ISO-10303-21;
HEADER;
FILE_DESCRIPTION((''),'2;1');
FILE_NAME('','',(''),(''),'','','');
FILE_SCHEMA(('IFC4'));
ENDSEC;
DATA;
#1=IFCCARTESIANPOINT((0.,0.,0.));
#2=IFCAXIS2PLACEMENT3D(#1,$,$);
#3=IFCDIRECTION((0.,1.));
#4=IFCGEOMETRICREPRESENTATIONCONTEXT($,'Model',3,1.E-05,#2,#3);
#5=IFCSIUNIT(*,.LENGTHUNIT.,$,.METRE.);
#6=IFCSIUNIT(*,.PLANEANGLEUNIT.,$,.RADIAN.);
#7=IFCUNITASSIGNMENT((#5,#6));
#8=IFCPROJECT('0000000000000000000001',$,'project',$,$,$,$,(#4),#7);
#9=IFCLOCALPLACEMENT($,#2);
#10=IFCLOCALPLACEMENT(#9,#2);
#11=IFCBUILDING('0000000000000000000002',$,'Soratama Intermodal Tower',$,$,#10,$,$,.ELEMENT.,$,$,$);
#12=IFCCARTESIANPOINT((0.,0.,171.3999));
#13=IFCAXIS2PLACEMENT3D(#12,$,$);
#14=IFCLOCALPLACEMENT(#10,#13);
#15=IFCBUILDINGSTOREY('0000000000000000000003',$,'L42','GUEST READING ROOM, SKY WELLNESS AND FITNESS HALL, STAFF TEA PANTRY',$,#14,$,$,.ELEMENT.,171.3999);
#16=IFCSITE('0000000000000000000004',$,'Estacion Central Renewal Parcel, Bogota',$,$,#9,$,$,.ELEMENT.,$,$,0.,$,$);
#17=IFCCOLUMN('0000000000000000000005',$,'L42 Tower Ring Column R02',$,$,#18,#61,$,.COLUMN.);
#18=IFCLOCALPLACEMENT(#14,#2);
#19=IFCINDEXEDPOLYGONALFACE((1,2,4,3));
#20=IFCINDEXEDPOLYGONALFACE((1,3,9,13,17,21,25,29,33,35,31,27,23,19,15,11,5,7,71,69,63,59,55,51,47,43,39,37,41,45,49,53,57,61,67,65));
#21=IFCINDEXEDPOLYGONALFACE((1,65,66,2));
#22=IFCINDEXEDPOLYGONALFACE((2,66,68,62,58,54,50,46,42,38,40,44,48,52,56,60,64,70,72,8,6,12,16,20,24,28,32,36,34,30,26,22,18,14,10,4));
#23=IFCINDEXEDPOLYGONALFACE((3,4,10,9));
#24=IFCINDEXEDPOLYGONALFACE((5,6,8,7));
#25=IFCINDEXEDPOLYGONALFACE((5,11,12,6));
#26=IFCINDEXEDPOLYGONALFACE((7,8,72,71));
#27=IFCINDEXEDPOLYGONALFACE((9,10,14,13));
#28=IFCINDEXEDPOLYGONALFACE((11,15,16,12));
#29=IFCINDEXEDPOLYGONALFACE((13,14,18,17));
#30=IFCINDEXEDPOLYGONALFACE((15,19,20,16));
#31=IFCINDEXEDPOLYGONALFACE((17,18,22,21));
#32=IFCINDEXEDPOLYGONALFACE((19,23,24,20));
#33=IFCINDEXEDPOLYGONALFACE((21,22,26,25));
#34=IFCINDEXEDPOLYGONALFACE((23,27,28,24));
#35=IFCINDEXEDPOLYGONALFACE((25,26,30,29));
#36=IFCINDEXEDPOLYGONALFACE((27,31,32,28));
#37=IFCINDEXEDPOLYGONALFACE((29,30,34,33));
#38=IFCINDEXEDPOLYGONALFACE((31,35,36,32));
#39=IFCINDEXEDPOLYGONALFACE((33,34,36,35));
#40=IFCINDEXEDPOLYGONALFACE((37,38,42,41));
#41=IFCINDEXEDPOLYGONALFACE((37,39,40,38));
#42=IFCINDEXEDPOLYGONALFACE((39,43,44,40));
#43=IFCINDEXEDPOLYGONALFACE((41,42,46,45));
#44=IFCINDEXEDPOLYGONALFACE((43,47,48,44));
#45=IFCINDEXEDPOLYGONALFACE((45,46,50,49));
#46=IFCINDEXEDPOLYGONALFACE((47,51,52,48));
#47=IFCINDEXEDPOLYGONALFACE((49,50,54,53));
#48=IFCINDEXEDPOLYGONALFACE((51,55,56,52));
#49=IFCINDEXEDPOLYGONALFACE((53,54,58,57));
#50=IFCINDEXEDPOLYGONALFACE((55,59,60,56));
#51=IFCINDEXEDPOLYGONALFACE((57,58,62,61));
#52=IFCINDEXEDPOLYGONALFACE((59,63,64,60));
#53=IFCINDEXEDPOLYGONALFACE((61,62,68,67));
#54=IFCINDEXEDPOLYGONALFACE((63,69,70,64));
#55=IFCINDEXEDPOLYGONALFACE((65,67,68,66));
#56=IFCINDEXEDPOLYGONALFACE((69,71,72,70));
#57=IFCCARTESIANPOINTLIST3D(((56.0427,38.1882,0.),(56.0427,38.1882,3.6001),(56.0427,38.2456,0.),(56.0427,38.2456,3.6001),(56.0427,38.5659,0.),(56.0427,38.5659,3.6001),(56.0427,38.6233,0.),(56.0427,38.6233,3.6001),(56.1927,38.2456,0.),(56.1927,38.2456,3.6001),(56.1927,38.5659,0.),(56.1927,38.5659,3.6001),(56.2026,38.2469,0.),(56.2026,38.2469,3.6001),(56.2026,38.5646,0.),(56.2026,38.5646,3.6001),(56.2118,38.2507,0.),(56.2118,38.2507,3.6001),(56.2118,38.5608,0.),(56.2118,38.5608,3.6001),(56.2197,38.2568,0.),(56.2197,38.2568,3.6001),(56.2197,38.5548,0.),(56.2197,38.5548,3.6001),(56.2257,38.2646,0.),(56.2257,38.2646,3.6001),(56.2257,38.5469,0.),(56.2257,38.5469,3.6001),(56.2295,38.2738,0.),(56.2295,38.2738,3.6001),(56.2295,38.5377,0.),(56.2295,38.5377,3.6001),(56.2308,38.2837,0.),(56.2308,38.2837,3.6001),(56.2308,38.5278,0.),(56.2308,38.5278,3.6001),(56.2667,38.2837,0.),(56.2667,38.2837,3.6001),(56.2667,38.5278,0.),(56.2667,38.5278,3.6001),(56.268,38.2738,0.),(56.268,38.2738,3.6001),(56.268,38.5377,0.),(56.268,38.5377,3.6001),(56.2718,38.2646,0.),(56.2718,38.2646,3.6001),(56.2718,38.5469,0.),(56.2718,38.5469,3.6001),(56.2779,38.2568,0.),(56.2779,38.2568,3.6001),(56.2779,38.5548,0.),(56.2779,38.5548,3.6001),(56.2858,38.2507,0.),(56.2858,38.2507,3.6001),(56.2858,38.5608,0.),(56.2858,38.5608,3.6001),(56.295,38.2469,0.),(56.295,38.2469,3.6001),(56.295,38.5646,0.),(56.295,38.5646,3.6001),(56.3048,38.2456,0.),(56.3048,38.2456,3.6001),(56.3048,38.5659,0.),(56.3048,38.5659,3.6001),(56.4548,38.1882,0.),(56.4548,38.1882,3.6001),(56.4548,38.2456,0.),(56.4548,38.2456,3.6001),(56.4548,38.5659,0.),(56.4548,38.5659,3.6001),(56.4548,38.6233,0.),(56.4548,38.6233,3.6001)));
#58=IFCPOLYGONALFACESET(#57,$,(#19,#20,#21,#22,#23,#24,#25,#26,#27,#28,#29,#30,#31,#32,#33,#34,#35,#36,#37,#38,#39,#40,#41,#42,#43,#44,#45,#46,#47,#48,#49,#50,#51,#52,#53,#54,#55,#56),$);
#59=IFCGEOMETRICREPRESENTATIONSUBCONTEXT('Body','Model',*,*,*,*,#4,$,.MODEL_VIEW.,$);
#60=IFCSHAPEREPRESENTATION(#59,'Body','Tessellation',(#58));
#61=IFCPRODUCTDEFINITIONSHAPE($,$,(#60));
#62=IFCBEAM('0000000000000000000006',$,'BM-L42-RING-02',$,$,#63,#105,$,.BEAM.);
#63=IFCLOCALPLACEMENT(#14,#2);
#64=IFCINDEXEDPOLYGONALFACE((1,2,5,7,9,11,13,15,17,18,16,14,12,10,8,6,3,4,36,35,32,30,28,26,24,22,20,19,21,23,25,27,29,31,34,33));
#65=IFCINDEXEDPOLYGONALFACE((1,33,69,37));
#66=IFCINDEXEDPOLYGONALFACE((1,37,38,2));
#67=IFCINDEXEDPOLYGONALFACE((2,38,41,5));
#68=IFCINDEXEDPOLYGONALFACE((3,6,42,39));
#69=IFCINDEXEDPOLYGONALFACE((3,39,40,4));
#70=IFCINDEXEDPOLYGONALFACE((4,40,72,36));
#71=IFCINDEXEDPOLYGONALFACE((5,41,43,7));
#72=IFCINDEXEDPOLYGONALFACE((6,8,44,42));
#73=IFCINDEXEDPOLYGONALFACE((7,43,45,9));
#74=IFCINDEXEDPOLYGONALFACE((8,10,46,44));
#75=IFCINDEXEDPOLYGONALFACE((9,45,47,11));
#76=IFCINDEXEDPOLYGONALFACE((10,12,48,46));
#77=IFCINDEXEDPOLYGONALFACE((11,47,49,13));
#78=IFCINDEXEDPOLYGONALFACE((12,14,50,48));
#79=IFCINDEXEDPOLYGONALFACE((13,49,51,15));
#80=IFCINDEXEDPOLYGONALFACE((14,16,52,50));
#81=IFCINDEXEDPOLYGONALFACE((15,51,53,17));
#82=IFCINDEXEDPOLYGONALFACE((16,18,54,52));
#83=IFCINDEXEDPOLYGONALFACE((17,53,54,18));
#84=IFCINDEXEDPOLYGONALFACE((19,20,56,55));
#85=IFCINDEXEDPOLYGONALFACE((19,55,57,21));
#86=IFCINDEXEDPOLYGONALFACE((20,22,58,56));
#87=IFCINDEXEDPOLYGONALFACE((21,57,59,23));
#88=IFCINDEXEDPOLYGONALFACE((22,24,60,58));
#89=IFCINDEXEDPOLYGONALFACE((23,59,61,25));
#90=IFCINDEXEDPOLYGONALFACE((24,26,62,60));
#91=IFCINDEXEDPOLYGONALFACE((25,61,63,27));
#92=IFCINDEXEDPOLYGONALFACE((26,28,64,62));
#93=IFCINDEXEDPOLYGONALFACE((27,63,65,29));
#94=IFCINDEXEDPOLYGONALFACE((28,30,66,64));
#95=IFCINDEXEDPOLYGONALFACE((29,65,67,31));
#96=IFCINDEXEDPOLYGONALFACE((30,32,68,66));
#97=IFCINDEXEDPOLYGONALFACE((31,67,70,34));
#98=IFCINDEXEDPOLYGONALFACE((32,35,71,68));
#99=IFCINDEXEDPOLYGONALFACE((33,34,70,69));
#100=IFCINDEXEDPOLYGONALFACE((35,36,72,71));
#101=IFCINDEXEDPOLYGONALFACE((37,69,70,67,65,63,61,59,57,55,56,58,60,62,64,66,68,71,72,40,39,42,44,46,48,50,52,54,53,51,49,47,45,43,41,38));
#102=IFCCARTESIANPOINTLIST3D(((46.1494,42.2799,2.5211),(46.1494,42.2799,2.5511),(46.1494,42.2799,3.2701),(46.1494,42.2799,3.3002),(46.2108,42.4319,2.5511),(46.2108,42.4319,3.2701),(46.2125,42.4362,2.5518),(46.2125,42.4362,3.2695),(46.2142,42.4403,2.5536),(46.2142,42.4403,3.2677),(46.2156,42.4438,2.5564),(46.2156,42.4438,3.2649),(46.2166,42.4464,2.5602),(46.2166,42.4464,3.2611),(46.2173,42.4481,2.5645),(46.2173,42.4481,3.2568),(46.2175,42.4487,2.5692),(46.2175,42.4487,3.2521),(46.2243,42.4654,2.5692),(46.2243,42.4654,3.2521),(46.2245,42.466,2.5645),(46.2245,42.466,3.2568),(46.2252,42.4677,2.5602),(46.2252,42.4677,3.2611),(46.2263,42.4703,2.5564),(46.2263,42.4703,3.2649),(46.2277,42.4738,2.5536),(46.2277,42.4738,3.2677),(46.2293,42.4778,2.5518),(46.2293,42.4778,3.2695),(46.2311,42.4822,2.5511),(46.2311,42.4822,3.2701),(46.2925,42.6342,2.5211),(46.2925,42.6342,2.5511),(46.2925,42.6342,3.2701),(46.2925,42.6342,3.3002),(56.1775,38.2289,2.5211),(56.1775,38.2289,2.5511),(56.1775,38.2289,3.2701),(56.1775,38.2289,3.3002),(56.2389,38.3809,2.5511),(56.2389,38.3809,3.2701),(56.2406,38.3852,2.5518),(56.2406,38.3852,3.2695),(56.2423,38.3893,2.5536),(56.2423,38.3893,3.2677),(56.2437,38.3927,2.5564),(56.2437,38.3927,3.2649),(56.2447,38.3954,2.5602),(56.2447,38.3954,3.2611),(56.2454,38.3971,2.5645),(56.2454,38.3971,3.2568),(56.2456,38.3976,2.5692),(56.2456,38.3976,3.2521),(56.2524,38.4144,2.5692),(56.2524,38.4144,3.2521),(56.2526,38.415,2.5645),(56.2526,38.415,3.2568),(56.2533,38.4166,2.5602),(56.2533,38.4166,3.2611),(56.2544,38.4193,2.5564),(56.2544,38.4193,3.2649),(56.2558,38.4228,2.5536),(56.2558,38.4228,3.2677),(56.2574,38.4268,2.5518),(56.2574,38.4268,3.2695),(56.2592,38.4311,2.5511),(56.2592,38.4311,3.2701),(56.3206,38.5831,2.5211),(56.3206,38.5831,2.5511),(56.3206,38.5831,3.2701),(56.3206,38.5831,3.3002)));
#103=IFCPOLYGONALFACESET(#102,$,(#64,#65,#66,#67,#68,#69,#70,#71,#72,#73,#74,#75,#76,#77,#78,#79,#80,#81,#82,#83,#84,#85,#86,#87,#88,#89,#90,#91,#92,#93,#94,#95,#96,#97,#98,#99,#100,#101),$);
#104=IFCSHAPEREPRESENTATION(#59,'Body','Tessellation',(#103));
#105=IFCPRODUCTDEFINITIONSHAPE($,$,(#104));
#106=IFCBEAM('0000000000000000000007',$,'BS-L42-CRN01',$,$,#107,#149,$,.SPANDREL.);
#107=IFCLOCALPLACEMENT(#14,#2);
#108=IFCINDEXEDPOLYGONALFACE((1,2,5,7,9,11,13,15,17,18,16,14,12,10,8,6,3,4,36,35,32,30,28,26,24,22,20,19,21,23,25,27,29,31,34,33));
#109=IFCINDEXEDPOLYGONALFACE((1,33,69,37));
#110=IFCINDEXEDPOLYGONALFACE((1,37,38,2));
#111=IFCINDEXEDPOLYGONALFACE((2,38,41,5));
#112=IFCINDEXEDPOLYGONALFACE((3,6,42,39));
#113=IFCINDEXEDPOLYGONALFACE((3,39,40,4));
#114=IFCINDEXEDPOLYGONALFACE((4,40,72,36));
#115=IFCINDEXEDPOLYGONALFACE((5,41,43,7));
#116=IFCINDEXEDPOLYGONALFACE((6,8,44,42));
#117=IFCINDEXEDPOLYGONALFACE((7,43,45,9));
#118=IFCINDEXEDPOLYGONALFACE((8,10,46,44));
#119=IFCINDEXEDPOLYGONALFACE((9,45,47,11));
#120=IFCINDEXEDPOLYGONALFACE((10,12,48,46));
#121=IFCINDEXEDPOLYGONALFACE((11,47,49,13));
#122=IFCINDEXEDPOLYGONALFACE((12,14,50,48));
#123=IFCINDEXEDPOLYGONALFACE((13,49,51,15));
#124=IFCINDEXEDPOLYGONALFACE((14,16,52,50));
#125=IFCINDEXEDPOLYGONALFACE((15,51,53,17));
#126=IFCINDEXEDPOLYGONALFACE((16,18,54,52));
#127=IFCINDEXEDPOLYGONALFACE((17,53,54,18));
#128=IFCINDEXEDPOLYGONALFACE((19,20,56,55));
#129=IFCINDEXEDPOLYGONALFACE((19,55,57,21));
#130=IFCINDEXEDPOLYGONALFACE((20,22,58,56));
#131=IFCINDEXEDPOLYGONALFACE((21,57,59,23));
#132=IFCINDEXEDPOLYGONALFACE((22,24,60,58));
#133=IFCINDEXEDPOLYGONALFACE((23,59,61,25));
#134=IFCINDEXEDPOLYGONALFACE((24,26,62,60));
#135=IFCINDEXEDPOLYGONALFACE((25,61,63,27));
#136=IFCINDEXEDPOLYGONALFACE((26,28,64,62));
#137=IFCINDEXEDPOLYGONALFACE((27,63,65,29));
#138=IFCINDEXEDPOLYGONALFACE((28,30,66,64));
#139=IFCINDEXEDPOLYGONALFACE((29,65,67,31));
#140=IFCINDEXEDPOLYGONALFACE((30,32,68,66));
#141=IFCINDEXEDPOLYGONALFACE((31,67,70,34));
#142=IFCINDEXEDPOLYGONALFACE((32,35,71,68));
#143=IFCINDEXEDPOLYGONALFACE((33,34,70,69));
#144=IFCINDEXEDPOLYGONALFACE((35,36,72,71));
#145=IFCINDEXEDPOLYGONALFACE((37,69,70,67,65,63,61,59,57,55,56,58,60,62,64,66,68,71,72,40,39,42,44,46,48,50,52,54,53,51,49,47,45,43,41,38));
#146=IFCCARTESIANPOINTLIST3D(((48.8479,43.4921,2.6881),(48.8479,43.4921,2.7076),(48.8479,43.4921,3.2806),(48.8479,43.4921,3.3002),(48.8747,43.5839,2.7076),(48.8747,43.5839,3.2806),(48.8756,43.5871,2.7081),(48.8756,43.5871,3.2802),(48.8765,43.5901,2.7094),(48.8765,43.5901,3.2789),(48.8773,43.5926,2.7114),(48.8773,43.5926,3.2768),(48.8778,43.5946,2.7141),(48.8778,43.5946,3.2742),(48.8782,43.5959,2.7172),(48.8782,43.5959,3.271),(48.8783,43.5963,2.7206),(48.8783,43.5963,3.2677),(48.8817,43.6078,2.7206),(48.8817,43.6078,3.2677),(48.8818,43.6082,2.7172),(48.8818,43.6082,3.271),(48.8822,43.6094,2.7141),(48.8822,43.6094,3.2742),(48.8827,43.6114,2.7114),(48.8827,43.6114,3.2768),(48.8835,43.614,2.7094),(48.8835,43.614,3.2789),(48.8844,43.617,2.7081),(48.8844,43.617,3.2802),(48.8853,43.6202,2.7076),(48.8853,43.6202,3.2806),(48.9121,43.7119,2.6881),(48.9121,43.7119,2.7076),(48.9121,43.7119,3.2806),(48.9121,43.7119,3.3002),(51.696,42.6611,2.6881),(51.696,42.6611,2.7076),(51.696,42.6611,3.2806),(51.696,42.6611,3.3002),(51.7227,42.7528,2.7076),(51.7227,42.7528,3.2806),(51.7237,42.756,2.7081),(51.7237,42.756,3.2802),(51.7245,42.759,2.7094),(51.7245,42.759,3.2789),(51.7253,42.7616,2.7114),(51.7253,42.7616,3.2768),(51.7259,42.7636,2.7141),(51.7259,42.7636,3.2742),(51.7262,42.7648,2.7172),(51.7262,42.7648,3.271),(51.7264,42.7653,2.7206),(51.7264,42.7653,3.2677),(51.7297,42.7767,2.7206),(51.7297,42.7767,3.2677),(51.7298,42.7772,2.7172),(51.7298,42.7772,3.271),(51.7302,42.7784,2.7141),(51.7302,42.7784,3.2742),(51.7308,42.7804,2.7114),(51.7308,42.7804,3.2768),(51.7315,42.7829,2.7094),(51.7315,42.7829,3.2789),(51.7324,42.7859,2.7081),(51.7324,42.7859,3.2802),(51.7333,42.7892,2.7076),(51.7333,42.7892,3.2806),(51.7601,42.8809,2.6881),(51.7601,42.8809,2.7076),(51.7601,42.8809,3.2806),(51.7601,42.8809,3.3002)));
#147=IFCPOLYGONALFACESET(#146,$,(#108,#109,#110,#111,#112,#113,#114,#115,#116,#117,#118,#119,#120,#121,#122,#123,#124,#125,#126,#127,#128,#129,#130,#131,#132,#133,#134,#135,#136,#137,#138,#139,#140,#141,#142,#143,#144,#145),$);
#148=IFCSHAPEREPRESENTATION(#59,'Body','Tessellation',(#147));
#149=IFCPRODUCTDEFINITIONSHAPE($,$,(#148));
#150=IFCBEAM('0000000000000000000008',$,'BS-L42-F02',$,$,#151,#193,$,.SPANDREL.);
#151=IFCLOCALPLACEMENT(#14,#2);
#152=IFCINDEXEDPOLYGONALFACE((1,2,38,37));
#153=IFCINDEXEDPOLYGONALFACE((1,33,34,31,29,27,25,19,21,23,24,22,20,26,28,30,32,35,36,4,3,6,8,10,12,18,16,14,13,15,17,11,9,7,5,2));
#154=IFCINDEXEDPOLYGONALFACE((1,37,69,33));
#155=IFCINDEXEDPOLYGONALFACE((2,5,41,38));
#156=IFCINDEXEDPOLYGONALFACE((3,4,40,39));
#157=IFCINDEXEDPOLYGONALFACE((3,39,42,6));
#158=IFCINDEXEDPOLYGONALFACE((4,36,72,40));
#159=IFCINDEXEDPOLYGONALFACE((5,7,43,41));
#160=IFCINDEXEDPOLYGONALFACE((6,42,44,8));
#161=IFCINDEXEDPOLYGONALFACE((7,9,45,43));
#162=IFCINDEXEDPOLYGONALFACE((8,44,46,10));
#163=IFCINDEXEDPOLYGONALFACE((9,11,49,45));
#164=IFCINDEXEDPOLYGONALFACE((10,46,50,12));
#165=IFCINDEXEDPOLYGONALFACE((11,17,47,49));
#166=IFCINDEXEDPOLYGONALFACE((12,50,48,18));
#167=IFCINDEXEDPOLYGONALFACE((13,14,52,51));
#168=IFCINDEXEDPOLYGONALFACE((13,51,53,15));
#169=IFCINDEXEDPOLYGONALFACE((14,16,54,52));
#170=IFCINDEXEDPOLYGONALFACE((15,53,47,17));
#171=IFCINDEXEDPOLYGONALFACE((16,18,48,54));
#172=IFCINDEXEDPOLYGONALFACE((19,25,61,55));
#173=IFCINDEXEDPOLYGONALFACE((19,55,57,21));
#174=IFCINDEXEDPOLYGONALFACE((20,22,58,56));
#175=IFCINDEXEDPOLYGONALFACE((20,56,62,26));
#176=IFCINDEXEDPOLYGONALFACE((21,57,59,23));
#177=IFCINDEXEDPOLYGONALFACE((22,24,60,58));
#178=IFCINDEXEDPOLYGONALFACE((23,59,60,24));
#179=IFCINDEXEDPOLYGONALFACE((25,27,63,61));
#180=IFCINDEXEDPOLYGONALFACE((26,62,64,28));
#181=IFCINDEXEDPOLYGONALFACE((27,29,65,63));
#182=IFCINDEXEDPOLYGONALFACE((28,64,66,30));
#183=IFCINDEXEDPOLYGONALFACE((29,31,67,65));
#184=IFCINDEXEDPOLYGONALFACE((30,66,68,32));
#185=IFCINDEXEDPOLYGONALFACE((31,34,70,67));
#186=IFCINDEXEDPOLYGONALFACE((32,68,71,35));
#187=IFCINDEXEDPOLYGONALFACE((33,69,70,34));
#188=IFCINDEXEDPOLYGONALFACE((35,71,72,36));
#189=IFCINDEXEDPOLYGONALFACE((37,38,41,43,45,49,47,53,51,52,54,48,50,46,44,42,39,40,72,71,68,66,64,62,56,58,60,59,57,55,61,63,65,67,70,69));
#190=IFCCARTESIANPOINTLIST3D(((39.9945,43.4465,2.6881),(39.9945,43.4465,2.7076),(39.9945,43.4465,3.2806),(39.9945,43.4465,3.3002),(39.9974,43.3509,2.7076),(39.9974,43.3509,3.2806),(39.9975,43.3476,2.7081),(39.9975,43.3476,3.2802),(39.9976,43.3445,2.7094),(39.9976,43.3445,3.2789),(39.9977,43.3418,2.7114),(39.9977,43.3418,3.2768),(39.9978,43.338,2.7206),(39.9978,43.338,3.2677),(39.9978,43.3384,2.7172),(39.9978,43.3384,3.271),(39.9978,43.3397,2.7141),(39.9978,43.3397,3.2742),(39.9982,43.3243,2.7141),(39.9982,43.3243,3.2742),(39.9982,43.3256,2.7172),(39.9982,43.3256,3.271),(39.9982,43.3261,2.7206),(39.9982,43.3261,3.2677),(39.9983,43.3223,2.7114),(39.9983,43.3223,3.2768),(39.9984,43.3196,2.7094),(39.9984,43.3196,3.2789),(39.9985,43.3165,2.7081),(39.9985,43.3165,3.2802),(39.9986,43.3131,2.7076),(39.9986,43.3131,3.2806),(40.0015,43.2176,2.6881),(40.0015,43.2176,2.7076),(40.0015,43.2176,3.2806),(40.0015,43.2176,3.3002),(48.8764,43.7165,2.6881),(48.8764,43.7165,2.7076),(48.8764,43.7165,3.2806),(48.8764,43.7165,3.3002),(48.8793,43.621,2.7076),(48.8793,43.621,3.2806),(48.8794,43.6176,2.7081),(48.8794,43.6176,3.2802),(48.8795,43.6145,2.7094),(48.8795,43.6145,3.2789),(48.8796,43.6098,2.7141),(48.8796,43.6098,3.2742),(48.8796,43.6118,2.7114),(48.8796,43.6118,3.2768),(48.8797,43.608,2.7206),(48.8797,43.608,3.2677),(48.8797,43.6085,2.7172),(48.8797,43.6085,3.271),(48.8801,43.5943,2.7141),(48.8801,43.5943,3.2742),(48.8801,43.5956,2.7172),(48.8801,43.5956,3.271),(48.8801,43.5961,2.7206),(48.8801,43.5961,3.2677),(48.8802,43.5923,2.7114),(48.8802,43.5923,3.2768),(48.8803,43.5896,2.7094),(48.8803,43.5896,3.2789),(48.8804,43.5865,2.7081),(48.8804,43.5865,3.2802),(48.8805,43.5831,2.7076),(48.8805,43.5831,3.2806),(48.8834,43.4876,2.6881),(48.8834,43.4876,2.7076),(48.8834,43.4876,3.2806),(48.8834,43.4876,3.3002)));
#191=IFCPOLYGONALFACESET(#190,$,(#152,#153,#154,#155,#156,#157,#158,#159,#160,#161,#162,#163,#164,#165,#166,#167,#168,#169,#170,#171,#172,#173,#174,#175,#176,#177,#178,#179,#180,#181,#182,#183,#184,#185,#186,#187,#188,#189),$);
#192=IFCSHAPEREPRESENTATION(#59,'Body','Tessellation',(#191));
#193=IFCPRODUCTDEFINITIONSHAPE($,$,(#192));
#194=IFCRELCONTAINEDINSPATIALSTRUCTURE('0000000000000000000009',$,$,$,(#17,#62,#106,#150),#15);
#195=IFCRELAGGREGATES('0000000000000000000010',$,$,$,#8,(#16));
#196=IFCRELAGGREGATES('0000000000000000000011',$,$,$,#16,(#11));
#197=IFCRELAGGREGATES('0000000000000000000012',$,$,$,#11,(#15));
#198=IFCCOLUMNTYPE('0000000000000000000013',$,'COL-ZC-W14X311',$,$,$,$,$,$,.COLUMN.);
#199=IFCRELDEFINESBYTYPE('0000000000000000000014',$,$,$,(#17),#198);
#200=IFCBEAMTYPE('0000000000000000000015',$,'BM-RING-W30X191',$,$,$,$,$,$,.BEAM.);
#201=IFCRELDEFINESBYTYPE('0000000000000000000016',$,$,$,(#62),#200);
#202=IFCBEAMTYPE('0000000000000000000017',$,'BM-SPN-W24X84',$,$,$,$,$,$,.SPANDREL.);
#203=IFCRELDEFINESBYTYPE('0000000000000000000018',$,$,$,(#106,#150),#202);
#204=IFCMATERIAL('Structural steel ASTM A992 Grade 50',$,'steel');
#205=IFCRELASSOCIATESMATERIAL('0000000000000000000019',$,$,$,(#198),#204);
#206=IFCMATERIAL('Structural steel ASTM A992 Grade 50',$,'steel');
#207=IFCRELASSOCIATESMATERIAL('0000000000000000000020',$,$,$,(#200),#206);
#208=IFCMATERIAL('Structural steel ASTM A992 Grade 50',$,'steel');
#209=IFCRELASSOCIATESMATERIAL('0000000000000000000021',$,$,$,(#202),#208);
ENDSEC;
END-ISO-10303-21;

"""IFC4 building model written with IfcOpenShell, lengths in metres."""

from ifc_helpers import new_model, si_unit, direction, frame, origin, origin_2d, place, context, subcontext, project, spatial, i_section, extrude, material, material_profile, profile_set, type_object, element, save


model = new_model("IFC4")

# Units and contexts
model_context = context("Model", 3, precision=1e-05, world=origin(), true_north=direction((0.0, 1.0)))
body_context = subcontext(model_context, "Body", "Model", "MODEL_VIEW")
ifc_project = project(units=[si_unit("LENGTHUNIT", "METRE"), si_unit("PLANEANGLEUNIT", "RADIAN")], contexts=[model_context])

# Site, building, storey
site_placement = place(None, origin())
site = spatial("IfcSite", under=ifc_project, at=site_placement, Name="Estacion Central Renewal Parcel, Bogota", CompositionType="ELEMENT", RefElevation=0.0)
building_placement = place(site_placement, origin())
building = spatial("IfcBuilding", under=site, at=building_placement, Name="Soratama Intermodal Tower", CompositionType="ELEMENT")
storey_placement = place(building_placement, frame((0.0, 0.0, 171.3999)))
storey = spatial("IfcBuildingStorey", under=building, at=storey_placement, Name="L42", Description="GUEST READING ROOM, SKY WELLNESS AND FITNESS HALL, STAFF TEA PANTRY", CompositionType="ELEMENT", Elevation=171.3999)

# Column
ifc_material_1 = material(Name="Structural steel ASTM A992 Grade 50", Category="steel")
ifc_material_profile_1 = material_profile(ifc_material_1, i_section(OverallWidth=0.4121, OverallDepth=0.4351, WebThickness=0.0359, FlangeThickness=0.0574, FilletRadius=0.0381, at=origin_2d()), Name="W14X311")
ifc_profile_set_1 = profile_set([ifc_material_profile_1], Name="Structural steel ASTM A992 Grade 50")
column_type = type_object("IfcColumnType", Name="COL-ZC-W14X311", PredefinedType="COLUMN", material=ifc_profile_set_1)
column_placement = place(storey_placement, frame((56.2488, 38.4058, 0.0), z_axis=(0.0, 0.0, 1.0), x_axis=(1.0, 0.0, 0.0)))
element("IfcColumn", 1, at=column_placement, inside=storey, type_object=column_type, Name="L42 Tower Ring Column R02", PredefinedType="COLUMN", context=body_context, shape_type="SweptSolid", body=[
    extrude(i_section(OverallWidth=0.4121, OverallDepth=0.4351, WebThickness=0.0359, FlangeThickness=0.0574, FilletRadius=0.0381, at=origin_2d()), origin(), (0.0, 0.0, 1.0), 3.6001),
])

# Beams
ifc_material_2 = material(Name="Structural steel ASTM A992 Grade 50", Category="steel")
ifc_material_profile_2 = material_profile(ifc_material_2, i_section(OverallWidth=0.3821, OverallDepth=0.7791, WebThickness=0.0181, FlangeThickness=0.03, FilletRadius=0.0181, at=origin_2d()), Name="W30X191")
ifc_profile_set_2 = profile_set([ifc_material_profile_2], Name="Structural steel ASTM A992 Grade 50")
beam_type_1 = type_object("IfcBeamType", Name="BM-RING-W30X191", PredefinedType="BEAM", material=ifc_profile_set_2)
beam_1_placement = place(storey_placement, frame((56.249, 38.406, 2.9106), z_axis=(-0.927202, 0.37456, 0.0), x_axis=(-0.37456, -0.927202, 0.0)))
element("IfcBeam", 2, at=beam_1_placement, inside=storey, type_object=beam_type_1, Name="BM-L42-RING-02", PredefinedType="BEAM", context=body_context, shape_type="SweptSolid", body=[
    extrude(i_section(OverallWidth=0.3821, OverallDepth=0.7791, WebThickness=0.0181, FlangeThickness=0.03, FilletRadius=0.0181, at=origin_2d()), origin(), (0.0, 0.0, 1.0), 10.8154),
])
ifc_material_3 = material(Name="Structural steel ASTM A992 Grade 50", Category="steel")
ifc_material_profile_3 = material_profile(ifc_material_3, i_section(OverallWidth=0.229, OverallDepth=0.6121, WebThickness=0.012, FlangeThickness=0.0195, FilletRadius=0.0129, at=origin_2d()), Name="W24X84")
ifc_profile_set_3 = profile_set([ifc_material_profile_3], Name="Structural steel ASTM A992 Grade 50")
beam_type_2 = type_object("IfcBeamType", Name="BM-SPN-W24X84", PredefinedType="SPANDREL", material=ifc_profile_set_3)
beam_2_placement = place(storey_placement, frame((51.728, 42.771, 2.9941), z_axis=(-0.959969, 0.280107, 0.0), x_axis=(-0.280107, -0.959969, 0.0)))
element("IfcBeam", 3, at=beam_2_placement, inside=storey, type_object=beam_type_2, Name="BS-L42-CRN01", PredefinedType="SPANDREL", context=body_context, shape_type="SweptSolid", body=[
    extrude(i_section(OverallWidth=0.229, OverallDepth=0.6121, WebThickness=0.012, FlangeThickness=0.0195, FilletRadius=0.0129, at=origin_2d()), origin(), (0.0, 0.0, 1.0), 2.9668),
])
beam_3_placement = place(storey_placement, frame((48.8799, 43.6021, 2.9941), z_axis=(-0.999538, -0.030387, 0.0), x_axis=(0.030387, -0.999538, 0.0)))
element("IfcBeam", 4, at=beam_3_placement, inside=storey, type_object=beam_type_2, Name="BS-L42-F02", PredefinedType="SPANDREL", context=body_context, shape_type="SweptSolid", body=[
    extrude(i_section(OverallWidth=0.229, OverallDepth=0.6121, WebThickness=0.012, FlangeThickness=0.0195, FilletRadius=0.0129, at=origin_2d()), origin(), (0.0, 0.0, 1.0), 8.886),
])

save(model, "model.ifc")
